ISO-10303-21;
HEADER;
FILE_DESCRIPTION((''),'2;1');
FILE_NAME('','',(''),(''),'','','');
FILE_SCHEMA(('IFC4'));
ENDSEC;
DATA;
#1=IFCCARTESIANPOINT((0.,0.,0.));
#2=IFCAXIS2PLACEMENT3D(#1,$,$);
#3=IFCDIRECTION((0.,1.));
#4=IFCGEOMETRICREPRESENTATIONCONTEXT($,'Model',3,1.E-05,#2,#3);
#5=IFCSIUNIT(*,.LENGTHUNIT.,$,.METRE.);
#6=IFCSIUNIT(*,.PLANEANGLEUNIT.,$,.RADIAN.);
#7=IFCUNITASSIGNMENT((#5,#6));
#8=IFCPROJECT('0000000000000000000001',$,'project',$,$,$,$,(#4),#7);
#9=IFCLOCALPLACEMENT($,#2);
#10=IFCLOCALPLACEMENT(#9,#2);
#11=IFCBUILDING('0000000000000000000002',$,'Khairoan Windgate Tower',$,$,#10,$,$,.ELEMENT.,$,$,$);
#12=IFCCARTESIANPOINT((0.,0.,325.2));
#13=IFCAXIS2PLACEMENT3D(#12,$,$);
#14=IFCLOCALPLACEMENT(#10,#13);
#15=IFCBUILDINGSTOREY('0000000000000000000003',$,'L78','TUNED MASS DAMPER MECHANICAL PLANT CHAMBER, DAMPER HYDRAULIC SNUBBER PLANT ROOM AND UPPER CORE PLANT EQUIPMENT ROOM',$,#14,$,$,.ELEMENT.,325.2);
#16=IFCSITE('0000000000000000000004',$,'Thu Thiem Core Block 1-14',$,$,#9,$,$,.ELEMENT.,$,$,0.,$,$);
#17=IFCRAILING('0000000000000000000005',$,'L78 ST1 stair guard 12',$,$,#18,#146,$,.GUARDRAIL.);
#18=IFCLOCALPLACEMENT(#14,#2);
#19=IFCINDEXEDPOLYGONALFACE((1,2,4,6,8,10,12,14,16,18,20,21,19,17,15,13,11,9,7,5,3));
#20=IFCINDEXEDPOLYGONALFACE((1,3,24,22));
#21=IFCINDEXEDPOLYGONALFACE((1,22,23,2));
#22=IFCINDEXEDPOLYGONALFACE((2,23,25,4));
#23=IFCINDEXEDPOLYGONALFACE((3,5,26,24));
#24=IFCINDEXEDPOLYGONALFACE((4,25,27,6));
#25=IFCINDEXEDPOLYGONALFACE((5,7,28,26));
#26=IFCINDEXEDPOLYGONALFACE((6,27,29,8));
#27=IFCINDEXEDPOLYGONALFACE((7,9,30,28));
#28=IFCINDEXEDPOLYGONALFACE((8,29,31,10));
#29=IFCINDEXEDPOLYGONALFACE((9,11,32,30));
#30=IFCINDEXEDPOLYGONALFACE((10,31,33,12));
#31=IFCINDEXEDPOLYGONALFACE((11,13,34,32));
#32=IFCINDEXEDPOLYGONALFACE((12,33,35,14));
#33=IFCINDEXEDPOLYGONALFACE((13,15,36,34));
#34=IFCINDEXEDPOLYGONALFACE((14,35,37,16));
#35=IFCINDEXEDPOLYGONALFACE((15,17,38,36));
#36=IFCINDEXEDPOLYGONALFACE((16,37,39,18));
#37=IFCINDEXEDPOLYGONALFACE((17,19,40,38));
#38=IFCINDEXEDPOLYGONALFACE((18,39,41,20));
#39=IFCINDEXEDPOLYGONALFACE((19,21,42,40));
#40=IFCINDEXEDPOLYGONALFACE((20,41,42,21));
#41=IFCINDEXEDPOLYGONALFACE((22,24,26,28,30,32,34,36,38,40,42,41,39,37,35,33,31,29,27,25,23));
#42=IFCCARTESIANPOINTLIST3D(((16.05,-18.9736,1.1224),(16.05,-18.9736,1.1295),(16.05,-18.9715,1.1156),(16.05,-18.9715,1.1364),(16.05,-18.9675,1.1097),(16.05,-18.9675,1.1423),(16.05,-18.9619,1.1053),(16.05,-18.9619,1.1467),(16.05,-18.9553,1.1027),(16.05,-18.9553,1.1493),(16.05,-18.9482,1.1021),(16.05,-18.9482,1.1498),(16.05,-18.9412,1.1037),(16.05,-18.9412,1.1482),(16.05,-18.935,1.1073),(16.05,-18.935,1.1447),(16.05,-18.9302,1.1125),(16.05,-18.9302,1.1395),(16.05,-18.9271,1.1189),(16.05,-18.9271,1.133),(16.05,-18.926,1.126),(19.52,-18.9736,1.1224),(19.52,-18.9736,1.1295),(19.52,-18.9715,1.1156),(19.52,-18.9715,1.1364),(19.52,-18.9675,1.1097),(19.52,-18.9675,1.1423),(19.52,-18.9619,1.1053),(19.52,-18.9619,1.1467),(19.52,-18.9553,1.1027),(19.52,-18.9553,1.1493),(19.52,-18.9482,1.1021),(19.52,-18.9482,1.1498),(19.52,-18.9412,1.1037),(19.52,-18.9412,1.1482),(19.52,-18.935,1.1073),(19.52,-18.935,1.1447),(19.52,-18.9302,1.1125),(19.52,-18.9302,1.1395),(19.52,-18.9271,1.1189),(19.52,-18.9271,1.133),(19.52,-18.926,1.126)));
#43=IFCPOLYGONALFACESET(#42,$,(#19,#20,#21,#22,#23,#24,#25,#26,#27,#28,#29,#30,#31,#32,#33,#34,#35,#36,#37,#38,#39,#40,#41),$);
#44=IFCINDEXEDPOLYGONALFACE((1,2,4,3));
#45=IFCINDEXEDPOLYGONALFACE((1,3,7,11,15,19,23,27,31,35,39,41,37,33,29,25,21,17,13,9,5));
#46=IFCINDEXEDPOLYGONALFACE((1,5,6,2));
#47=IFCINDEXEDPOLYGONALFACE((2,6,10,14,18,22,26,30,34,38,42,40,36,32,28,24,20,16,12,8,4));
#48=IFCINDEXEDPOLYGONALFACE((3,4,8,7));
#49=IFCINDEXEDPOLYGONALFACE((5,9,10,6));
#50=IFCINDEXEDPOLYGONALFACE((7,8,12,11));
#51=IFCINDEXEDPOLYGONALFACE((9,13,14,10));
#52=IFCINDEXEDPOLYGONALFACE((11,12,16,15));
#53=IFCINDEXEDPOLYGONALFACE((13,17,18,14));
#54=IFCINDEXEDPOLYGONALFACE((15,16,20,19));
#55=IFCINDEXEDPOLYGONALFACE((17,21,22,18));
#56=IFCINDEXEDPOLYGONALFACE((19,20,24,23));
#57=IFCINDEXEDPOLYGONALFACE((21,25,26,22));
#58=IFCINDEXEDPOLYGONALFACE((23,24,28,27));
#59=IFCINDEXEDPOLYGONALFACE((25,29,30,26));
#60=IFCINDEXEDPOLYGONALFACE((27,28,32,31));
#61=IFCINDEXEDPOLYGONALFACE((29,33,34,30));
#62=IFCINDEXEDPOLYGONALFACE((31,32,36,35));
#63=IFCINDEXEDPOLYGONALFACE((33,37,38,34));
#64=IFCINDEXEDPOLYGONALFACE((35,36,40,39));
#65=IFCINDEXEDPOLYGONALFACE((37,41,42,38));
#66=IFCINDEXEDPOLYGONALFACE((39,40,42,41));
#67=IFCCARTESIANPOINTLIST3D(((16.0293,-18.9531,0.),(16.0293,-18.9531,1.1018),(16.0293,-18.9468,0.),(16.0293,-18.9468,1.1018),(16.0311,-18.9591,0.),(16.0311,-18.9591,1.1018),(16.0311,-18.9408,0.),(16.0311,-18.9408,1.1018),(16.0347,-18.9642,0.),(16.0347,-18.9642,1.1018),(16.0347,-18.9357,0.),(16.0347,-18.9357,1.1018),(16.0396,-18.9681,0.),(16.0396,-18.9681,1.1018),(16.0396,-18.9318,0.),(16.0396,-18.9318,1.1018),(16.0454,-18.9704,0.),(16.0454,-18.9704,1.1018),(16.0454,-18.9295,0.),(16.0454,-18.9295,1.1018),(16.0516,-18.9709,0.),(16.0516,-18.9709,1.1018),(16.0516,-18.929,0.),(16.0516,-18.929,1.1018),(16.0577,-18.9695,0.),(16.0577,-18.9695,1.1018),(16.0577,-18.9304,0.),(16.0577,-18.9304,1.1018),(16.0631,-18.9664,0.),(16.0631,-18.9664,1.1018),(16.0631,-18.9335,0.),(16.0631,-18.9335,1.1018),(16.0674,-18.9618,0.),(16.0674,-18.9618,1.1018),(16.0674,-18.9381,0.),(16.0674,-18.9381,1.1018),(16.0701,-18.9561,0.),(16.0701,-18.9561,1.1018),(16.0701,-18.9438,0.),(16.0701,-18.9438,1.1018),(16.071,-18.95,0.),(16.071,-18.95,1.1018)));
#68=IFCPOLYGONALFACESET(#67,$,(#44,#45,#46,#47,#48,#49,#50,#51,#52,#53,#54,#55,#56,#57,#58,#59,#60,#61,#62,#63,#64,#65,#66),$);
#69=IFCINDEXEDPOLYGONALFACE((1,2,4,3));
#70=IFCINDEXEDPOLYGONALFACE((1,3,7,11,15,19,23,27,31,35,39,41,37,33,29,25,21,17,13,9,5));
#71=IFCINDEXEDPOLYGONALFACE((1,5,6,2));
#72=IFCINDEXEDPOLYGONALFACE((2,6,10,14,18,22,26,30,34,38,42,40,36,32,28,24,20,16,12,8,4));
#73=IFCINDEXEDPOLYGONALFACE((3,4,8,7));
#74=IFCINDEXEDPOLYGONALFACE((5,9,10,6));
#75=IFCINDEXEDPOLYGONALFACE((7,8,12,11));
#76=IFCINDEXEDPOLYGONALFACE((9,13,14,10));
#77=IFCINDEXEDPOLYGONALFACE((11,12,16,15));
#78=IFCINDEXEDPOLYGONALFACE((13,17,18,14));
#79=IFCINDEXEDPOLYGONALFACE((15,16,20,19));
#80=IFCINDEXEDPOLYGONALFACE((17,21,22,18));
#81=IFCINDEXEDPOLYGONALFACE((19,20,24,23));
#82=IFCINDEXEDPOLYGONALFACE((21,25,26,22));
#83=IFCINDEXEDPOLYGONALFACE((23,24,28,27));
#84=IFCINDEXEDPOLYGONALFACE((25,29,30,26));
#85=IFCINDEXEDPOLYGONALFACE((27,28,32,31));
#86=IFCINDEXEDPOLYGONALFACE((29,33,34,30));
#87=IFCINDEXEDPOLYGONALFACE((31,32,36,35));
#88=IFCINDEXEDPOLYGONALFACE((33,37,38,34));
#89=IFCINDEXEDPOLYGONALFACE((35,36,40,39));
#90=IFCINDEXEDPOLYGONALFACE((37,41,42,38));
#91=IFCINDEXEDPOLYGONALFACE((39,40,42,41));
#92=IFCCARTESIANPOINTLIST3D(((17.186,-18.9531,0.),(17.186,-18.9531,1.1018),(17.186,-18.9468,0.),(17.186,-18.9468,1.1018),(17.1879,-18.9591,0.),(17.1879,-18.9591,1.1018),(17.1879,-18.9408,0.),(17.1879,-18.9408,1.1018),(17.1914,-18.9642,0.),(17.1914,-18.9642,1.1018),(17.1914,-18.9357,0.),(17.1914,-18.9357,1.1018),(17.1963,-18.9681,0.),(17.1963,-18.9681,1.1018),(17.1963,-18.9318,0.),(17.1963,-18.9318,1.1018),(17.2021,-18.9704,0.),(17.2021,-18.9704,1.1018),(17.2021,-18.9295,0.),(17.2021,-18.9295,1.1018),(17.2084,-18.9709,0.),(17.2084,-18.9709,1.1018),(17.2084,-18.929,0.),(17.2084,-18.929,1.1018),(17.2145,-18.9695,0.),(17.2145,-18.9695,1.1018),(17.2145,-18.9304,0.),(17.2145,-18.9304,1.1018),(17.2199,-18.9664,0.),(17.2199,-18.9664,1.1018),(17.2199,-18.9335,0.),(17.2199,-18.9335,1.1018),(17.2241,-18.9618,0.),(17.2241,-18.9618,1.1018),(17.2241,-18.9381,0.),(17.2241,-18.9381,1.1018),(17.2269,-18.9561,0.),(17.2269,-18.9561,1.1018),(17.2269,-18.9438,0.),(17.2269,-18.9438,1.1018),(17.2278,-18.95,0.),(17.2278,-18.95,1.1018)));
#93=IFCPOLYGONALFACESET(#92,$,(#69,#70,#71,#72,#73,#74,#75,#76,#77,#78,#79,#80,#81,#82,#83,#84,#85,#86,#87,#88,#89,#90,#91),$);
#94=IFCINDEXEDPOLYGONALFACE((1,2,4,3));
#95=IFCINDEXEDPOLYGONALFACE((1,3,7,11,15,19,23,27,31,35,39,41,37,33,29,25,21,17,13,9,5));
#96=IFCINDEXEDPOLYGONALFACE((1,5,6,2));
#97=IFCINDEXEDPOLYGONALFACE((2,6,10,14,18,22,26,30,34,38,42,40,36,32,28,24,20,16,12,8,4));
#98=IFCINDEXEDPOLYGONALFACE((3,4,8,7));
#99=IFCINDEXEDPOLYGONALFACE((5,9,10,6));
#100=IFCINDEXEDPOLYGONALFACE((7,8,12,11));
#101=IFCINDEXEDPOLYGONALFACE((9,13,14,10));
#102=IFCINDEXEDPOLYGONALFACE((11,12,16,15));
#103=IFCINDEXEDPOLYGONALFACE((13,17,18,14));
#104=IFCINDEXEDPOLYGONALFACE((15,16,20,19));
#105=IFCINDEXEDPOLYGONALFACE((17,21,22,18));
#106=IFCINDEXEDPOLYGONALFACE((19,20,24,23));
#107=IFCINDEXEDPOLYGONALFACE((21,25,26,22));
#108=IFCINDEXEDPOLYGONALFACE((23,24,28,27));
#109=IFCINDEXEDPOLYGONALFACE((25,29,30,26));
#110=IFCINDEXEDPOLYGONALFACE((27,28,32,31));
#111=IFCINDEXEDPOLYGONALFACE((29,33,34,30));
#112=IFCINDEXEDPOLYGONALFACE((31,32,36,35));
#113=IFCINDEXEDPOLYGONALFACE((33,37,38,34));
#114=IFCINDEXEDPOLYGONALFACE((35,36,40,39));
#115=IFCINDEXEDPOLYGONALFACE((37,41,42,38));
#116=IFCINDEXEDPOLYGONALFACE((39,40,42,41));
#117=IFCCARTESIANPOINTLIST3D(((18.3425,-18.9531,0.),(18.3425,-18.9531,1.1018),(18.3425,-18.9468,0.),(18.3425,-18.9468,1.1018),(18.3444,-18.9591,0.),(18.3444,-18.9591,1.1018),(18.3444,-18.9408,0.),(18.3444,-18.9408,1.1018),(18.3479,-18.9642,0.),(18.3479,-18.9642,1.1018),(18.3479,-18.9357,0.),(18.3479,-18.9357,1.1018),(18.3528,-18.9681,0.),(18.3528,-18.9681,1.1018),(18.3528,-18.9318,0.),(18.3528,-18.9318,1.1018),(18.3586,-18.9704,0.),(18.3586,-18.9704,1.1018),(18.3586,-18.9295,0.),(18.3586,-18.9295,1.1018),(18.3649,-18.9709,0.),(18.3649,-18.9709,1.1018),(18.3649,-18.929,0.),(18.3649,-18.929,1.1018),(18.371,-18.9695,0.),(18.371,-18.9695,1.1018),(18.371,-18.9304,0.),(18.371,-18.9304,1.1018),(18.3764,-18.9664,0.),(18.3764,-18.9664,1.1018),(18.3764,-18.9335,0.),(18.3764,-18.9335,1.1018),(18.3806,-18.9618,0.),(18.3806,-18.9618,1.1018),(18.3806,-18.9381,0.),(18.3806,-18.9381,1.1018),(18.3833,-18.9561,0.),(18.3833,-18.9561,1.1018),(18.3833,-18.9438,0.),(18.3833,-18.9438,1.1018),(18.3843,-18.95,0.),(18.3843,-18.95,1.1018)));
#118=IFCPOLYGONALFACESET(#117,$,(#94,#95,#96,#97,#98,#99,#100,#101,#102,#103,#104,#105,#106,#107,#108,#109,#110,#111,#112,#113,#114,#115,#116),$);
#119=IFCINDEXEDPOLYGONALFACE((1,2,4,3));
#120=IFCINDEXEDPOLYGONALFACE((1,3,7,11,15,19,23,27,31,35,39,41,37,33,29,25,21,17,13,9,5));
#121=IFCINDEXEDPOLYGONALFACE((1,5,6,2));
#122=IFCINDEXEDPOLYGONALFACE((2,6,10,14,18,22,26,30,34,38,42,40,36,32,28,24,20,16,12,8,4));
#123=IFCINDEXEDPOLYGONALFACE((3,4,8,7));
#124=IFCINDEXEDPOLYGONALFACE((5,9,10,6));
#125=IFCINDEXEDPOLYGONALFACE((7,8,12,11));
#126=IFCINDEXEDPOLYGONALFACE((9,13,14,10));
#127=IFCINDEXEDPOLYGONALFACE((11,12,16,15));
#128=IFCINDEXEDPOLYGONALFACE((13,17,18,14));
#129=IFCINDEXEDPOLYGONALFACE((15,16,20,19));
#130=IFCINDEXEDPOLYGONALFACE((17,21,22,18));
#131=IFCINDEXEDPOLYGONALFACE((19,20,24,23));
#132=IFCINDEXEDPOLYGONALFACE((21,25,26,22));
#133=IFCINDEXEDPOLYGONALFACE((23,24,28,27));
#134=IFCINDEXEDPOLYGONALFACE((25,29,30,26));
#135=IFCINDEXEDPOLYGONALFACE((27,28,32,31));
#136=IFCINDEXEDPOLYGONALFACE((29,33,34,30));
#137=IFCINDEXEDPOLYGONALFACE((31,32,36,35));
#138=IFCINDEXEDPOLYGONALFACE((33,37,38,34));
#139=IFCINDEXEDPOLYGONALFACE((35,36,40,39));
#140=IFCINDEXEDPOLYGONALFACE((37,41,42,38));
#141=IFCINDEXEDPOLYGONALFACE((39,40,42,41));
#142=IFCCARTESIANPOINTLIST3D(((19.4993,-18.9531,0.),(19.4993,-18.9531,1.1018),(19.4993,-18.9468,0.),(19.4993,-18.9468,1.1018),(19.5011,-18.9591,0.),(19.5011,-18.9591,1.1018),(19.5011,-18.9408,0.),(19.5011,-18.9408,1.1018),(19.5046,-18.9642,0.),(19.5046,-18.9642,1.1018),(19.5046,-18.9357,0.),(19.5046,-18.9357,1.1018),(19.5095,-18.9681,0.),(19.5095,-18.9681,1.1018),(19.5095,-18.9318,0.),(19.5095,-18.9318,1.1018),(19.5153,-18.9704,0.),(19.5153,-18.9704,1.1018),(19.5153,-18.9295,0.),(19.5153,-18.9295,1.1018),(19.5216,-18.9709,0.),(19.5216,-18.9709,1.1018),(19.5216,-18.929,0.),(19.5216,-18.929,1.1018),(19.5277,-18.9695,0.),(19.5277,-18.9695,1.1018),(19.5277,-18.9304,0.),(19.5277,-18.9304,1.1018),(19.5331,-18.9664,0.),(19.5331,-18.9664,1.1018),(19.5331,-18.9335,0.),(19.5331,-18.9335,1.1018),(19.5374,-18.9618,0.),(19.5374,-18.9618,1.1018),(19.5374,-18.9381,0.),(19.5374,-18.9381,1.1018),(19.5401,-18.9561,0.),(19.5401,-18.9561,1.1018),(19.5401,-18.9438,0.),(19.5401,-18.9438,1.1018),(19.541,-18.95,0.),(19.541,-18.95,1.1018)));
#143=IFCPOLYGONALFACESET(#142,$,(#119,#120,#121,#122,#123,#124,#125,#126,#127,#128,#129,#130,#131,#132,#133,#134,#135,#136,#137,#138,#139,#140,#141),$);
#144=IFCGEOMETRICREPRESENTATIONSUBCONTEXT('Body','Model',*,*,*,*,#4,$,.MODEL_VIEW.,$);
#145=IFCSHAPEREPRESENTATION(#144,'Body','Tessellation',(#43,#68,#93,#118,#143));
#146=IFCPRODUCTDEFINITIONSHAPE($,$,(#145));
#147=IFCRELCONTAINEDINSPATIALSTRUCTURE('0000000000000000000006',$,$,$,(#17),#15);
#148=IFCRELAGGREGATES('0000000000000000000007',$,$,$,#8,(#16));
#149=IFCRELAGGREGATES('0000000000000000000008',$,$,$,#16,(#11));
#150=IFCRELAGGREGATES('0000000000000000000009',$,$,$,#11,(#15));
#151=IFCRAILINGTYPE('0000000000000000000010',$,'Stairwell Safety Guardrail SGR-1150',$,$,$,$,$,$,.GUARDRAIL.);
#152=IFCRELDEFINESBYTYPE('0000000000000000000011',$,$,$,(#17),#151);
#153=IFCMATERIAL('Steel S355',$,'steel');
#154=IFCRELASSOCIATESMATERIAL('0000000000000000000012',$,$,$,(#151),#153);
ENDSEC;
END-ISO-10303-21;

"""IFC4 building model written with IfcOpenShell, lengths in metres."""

from ifc_helpers import new_model, si_unit, direction, frame, origin, origin_2d, place, context, subcontext, project, spatial, circle, extrude, material, type_object, element, save


model = new_model("IFC4")

# Units and contexts
model_context = context("Model", 3, precision=1e-05, world=origin(), true_north=direction((0.0, 1.0)))
body_context = subcontext(model_context, "Body", "Model", "MODEL_VIEW")
ifc_project = project(units=[si_unit("LENGTHUNIT", "METRE"), si_unit("PLANEANGLEUNIT", "RADIAN")], contexts=[model_context])

# Site, building, storey
site_placement = place(None, origin())
site = spatial("IfcSite", under=ifc_project, at=site_placement, Name="Thu Thiem Core Block 1-14", CompositionType="ELEMENT", RefElevation=0.0)
building_placement = place(site_placement, origin())
building = spatial("IfcBuilding", under=site, at=building_placement, Name="Khairoan Windgate Tower", CompositionType="ELEMENT")
storey_placement = place(building_placement, frame((0.0, 0.0, 325.2)))
storey = spatial("IfcBuildingStorey", under=building, at=storey_placement, Name="L78", Description="TUNED MASS DAMPER MECHANICAL PLANT CHAMBER, DAMPER HYDRAULIC SNUBBER PLANT ROOM AND UPPER CORE PLANT EQUIPMENT ROOM", CompositionType="ELEMENT", Elevation=325.2)

# Railing
ifc_material_1 = material(Name="Steel S355", Category="steel")
railing_type_1 = type_object("IfcRailingType", Name="Stairwell Safety Guardrail SGR-1150", PredefinedType="GUARDRAIL", material=ifc_material_1)
railing_1_placement = place(storey_placement, frame((16.05, -18.95, 0.0)))
element("IfcRailing", 1, at=railing_1_placement, inside=storey, type_object=railing_type_1, Name="L78 ST1 stair guard 12", PredefinedType="GUARDRAIL", context=body_context, shape_type="SweptSolid", body=[
    extrude(circle(Radius=0.0239, at=origin_2d()), frame((0.0, 0.0, 1.126), z_axis=(1.0, 0.0, 0.0), x_axis=(0.0, 1.0, 0.0)), (0.0, 0.0, 1.0), 3.47),
    extrude(circle(Radius=0.021, at=origin_2d()), origin(), (0.0, 0.0, 1.0), 1.1018),
    extrude(circle(Radius=0.021, at=origin_2d()), frame((1.1567, 0.0, 0.0)), (0.0, 0.0, 1.0), 1.1018),
    extrude(circle(Radius=0.021, at=origin_2d()), frame((2.3132, 0.0, 0.0)), (0.0, 0.0, 1.0), 1.1018),
    extrude(circle(Radius=0.021, at=origin_2d()), frame((3.47, 0.0, 0.0)), (0.0, 0.0, 1.0), 1.1018),
])

save(model, "model.ifc")
